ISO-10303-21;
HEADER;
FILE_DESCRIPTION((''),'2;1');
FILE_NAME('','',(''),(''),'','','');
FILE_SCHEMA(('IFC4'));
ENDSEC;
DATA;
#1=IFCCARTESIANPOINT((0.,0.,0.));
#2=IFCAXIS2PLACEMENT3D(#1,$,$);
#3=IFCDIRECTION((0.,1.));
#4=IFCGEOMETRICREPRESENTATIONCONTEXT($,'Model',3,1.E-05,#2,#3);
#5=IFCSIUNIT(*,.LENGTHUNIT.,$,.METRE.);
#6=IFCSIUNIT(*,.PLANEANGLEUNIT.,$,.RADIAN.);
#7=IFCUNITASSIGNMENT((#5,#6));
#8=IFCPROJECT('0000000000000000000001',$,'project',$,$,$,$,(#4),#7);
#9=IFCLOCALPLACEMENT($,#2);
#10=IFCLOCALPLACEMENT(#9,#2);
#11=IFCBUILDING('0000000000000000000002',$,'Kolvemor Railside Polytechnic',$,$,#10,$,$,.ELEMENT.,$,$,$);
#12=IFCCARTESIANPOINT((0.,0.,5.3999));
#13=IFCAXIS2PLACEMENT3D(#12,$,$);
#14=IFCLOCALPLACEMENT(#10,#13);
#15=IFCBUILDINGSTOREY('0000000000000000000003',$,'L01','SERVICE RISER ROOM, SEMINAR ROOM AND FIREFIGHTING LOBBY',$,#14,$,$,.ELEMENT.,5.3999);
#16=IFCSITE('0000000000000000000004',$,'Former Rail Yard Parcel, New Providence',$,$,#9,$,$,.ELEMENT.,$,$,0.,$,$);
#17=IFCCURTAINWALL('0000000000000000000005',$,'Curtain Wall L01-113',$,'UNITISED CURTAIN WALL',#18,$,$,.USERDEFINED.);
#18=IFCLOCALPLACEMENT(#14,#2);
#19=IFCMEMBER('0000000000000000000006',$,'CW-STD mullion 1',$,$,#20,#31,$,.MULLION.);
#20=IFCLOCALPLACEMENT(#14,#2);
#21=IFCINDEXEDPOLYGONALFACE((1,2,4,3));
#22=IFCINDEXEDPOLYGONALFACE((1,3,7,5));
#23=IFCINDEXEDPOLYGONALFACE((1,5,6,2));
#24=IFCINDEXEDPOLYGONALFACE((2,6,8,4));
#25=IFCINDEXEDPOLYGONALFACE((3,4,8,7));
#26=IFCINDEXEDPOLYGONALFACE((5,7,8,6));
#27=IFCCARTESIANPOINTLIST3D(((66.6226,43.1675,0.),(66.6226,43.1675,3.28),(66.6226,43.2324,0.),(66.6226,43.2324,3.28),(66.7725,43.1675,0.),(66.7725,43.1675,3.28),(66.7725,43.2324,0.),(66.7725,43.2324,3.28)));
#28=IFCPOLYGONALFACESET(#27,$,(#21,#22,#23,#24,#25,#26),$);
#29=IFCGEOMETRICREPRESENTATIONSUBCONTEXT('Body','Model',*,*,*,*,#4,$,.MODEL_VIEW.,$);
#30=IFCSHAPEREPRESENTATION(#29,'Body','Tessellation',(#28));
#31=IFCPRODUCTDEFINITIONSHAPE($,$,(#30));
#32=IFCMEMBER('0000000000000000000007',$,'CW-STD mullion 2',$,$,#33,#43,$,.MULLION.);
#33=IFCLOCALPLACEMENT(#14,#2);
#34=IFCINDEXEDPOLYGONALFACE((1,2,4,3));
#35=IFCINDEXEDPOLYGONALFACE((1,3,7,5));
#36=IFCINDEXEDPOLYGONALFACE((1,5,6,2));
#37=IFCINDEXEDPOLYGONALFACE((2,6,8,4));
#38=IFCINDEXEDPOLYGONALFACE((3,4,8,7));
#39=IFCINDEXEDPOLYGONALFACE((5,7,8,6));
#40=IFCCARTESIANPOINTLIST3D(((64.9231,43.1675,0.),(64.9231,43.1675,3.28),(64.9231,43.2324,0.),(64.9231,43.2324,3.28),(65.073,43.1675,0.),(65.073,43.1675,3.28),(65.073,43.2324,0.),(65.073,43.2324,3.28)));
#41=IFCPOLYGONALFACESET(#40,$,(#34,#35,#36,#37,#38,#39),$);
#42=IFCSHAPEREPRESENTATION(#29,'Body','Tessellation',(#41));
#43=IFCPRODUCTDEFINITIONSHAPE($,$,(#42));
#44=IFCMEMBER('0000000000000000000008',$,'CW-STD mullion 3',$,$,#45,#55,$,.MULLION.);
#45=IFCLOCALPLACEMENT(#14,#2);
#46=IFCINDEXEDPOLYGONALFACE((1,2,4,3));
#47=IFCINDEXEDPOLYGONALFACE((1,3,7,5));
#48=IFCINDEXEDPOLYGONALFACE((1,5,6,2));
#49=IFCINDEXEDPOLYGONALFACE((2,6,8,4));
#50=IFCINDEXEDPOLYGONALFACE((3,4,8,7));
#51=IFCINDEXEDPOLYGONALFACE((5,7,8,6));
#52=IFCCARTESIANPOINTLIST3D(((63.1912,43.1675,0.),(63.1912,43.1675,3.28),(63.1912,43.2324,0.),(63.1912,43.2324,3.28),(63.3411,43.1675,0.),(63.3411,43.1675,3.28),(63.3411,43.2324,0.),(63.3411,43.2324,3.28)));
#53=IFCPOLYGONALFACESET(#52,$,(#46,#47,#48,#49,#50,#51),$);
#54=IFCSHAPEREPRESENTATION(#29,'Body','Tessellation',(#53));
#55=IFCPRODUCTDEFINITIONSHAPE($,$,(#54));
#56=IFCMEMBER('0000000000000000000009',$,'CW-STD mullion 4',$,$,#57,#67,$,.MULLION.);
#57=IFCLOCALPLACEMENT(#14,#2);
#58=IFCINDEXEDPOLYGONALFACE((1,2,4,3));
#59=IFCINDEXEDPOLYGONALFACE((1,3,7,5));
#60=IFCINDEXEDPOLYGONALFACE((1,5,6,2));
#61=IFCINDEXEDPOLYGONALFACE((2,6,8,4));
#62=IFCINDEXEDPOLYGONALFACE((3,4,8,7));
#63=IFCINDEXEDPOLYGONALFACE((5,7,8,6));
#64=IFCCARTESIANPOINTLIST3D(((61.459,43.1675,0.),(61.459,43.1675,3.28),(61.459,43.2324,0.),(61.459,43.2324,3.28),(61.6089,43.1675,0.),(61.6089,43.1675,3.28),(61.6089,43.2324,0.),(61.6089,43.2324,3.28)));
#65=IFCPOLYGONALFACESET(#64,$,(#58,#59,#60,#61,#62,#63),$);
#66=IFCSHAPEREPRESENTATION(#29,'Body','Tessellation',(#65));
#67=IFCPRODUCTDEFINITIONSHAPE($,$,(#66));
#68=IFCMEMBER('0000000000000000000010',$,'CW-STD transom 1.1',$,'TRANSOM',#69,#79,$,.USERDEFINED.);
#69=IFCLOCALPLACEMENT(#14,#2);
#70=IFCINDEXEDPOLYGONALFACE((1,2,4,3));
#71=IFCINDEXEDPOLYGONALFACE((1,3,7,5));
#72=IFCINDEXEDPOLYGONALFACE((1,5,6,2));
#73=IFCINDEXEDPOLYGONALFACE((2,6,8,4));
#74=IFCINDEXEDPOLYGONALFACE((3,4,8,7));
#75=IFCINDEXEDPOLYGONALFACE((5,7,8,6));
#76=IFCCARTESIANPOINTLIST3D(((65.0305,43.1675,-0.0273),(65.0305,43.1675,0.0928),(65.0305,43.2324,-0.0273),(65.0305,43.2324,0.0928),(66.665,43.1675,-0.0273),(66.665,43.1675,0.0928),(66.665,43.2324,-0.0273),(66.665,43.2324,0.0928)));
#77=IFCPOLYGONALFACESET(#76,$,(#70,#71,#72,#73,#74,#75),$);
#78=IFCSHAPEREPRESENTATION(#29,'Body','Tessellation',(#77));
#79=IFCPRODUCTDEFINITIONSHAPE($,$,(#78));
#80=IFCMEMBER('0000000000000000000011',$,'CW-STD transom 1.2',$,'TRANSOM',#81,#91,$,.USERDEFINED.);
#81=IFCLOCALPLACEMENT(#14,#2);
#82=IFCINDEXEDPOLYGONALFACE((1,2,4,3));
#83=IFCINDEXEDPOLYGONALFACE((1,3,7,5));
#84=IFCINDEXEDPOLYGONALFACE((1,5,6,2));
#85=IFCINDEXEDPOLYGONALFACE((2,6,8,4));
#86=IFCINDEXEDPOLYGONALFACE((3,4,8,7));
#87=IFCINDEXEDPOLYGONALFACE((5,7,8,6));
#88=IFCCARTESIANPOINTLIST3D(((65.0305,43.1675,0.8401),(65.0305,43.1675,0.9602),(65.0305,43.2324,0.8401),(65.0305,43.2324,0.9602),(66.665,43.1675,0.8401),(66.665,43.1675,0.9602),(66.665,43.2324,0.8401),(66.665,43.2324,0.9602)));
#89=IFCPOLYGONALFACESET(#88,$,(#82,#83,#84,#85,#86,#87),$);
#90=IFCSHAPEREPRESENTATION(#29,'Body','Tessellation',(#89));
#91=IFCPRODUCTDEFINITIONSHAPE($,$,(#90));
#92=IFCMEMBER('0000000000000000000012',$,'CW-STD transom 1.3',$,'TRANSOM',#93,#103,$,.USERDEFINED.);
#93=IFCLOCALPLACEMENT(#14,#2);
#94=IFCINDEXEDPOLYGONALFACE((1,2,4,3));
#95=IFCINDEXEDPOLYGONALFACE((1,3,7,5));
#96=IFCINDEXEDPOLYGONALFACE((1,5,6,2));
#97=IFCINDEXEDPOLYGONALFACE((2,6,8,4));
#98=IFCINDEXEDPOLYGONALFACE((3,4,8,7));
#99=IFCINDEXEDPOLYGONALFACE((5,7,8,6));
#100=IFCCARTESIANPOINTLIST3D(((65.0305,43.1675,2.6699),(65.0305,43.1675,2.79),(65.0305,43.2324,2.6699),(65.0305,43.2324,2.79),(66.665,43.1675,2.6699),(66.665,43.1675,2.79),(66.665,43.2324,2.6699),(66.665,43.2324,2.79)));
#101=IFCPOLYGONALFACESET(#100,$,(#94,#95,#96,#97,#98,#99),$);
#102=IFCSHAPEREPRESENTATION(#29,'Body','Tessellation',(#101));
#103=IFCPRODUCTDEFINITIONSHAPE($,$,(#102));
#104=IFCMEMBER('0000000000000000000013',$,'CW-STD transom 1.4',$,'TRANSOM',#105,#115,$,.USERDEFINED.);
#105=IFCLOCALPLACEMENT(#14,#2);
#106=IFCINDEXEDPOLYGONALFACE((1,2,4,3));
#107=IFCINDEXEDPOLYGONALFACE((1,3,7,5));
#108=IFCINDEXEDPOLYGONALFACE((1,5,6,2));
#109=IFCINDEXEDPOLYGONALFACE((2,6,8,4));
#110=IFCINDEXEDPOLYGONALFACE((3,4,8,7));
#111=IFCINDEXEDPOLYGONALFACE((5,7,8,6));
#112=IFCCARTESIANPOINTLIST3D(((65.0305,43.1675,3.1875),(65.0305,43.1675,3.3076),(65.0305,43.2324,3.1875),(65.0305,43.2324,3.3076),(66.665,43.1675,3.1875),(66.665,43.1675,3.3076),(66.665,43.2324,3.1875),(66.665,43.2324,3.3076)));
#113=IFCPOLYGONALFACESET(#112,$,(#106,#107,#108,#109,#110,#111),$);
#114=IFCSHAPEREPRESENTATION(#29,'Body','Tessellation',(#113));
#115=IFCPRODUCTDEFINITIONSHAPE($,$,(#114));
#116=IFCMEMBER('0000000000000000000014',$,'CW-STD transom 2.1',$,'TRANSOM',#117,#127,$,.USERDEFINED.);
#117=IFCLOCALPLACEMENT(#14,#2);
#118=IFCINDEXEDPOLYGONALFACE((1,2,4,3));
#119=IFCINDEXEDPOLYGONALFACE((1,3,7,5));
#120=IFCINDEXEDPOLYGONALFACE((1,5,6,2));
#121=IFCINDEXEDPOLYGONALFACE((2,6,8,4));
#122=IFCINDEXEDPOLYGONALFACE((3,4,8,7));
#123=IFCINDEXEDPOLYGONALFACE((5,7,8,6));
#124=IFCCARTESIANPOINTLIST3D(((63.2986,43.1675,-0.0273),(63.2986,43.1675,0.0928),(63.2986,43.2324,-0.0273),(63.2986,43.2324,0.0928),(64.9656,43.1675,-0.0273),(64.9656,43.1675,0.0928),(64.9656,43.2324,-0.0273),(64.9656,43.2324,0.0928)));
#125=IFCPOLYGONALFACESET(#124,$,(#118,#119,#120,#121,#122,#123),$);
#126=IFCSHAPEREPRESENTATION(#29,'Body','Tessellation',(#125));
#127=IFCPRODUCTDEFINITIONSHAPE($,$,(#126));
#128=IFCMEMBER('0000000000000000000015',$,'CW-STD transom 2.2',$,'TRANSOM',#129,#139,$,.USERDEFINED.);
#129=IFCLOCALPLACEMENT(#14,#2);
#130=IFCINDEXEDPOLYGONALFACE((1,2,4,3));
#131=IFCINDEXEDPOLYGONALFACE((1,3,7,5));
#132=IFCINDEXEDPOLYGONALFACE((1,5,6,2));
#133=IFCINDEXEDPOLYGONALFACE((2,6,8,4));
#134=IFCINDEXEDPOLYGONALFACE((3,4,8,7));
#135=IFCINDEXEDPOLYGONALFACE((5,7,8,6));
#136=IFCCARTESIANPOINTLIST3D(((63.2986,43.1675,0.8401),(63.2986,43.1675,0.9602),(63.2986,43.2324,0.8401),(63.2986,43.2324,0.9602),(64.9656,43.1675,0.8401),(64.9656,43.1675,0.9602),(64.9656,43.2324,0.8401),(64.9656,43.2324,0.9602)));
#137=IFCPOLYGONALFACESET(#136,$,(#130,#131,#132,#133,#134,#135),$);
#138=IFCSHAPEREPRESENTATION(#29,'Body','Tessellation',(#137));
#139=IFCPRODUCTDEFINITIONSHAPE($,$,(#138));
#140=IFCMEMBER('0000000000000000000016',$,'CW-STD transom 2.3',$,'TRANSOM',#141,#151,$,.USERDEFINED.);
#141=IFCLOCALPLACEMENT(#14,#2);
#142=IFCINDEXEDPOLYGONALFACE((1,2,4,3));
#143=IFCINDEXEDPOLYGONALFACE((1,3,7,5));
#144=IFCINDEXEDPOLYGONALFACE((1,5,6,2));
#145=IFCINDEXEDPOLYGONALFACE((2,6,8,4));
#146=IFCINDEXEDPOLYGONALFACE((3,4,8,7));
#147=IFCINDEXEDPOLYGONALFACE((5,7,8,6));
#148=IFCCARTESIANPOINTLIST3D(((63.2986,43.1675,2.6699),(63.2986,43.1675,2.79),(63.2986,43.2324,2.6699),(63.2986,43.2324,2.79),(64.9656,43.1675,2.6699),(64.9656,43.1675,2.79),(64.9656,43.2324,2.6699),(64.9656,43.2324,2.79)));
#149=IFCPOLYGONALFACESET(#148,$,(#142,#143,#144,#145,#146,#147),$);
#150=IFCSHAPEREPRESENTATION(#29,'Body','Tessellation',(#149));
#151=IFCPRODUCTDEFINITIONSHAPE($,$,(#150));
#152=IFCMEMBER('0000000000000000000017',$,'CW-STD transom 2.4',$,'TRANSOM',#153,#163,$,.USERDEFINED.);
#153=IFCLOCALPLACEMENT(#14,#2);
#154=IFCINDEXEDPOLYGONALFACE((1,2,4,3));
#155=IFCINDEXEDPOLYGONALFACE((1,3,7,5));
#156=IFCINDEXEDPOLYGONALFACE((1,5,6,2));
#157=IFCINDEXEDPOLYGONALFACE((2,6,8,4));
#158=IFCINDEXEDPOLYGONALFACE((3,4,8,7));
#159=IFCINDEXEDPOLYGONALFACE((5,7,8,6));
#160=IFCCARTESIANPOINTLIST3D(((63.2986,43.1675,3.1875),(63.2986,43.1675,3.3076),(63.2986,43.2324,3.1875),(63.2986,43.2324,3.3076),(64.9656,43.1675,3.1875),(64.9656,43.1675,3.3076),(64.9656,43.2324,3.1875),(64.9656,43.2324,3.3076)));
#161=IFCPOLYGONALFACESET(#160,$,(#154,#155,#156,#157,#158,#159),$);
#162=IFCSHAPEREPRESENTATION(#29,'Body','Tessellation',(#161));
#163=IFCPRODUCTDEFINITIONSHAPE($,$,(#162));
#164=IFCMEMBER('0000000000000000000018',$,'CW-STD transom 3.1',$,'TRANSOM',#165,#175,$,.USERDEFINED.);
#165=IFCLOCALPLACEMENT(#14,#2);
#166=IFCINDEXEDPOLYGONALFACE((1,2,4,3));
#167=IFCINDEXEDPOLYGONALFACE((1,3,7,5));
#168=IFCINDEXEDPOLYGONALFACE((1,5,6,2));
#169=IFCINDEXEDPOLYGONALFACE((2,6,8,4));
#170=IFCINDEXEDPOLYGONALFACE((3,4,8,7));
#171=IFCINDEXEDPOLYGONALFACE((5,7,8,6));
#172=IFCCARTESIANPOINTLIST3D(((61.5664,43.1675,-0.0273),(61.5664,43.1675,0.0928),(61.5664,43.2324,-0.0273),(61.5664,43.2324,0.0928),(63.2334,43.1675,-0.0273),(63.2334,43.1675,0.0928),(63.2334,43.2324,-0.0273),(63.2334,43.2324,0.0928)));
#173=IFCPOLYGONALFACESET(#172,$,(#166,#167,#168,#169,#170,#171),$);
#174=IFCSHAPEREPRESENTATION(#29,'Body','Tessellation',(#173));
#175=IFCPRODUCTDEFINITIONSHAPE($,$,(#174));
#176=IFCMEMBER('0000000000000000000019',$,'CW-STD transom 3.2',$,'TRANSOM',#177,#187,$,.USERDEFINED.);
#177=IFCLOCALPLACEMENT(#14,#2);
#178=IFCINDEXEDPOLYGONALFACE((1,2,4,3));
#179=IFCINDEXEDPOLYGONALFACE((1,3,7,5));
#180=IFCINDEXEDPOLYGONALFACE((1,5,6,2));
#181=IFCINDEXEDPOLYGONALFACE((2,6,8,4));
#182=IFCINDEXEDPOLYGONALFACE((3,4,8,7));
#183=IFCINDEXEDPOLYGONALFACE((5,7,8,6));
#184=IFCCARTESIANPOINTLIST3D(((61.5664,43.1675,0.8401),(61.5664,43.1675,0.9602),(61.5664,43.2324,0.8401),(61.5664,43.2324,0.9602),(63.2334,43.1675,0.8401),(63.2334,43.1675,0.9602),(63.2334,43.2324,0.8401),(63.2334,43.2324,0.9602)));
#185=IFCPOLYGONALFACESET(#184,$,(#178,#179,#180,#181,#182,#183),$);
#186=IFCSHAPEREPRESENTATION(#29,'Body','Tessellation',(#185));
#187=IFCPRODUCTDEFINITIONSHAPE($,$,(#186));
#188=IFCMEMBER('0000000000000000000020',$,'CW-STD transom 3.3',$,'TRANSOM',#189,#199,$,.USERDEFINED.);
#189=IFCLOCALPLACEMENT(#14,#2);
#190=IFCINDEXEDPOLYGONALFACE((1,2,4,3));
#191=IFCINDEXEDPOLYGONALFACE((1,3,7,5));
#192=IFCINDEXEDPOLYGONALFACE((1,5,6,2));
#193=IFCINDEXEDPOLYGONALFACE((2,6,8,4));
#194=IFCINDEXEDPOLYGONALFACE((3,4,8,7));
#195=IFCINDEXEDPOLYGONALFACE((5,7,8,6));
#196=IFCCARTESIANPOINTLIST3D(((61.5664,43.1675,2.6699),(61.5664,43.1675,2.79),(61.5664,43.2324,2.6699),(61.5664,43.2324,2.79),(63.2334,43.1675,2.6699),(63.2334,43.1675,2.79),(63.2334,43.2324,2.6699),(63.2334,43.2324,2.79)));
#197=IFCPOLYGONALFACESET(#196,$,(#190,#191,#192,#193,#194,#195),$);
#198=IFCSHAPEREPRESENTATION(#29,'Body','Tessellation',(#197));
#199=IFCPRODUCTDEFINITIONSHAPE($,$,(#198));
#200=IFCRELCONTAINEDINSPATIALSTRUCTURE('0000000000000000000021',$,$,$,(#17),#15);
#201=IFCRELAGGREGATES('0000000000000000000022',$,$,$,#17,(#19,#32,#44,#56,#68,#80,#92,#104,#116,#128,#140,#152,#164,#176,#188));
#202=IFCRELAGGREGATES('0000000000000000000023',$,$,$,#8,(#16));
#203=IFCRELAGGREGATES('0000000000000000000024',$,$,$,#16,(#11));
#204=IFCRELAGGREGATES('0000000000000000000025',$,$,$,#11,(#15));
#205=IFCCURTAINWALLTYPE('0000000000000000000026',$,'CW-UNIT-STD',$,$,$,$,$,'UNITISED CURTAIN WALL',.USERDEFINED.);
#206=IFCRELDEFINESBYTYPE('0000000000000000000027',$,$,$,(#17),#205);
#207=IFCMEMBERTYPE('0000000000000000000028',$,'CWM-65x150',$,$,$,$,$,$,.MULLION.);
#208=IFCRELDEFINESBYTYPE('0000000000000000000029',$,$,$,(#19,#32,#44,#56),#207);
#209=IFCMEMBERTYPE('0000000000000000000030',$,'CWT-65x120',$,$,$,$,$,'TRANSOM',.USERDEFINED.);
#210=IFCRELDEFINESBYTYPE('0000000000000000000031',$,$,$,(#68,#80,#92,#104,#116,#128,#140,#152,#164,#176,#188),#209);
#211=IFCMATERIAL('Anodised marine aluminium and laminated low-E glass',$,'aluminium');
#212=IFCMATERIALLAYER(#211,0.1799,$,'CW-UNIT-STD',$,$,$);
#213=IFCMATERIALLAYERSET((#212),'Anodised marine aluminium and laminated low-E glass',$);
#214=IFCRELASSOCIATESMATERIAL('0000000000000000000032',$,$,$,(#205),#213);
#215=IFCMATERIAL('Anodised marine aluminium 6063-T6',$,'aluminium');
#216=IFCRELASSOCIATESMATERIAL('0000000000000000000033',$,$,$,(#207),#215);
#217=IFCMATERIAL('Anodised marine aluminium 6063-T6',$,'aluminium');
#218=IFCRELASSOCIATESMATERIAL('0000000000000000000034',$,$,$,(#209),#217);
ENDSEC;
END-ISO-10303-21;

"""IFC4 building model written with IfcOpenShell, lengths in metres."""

from ifc_helpers import new_model, si_unit, direction, frame, origin, origin_2d, place, context, subcontext, project, spatial, rectangle, extrude, material, layer, layer_set, material_profile, profile_set, type_object, element, aggregate, save


model = new_model("IFC4")

# Units and contexts
model_context = context("Model", 3, precision=1e-05, world=origin(), true_north=direction((0.0, 1.0)))
body_context = subcontext(model_context, "Body", "Model", "MODEL_VIEW")
ifc_project = project(units=[si_unit("LENGTHUNIT", "METRE"), si_unit("PLANEANGLEUNIT", "RADIAN")], contexts=[model_context])

# Site, building, storey
site_placement = place(None, origin())
site = spatial("IfcSite", under=ifc_project, at=site_placement, Name="Former Rail Yard Parcel, New Providence", CompositionType="ELEMENT", RefElevation=0.0)
building_placement = place(site_placement, origin())
building = spatial("IfcBuilding", under=site, at=building_placement, Name="Kolvemor Railside Polytechnic", CompositionType="ELEMENT")
storey_placement = place(building_placement, frame((0.0, 0.0, 5.3999)))
storey = spatial("IfcBuildingStorey", under=building, at=storey_placement, Name="L01", Description="SERVICE RISER ROOM, SEMINAR ROOM AND FIREFIGHTING LOBBY", CompositionType="ELEMENT", Elevation=5.3999)

# Curtain wall, members
ifc_material_1 = material(Name="Anodised marine aluminium and laminated low-E glass", Category="aluminium")
ifc_layer_1 = layer(ifc_material_1, 0.1799, Name="CW-UNIT-STD")
ifc_layer_set_1 = layer_set([ifc_layer_1], Name="Anodised marine aluminium and laminated low-E glass")
curtain_wall_type = type_object("IfcCurtainWallType", Name="CW-UNIT-STD", ElementType="UNITISED CURTAIN WALL", PredefinedType="USERDEFINED", material=ifc_layer_set_1)
curtain_wall_placement = place(storey_placement, origin())
curtain_wall = element("IfcCurtainWall", 1, at=curtain_wall_placement, inside=storey, type_object=curtain_wall_type, Name="Curtain Wall L01-113", ObjectType="UNITISED CURTAIN WALL", PredefinedType="USERDEFINED")
ifc_material_2 = material(Name="Anodised marine aluminium 6063-T6", Category="aluminium")
ifc_material_profile_1 = material_profile(ifc_material_2, rectangle(XDim=0.0649, YDim=0.1499, at=origin_2d()), Name="CW-MUL-65x150")
ifc_profile_set_1 = profile_set([ifc_material_profile_1], Name="Anodised marine aluminium 6063-T6")
member_type_1 = type_object("IfcMemberType", Name="CWM-65x150", PredefinedType="MULLION", material=ifc_profile_set_1)
member_1_placement = place(storey_placement, frame((66.6975, 43.2, 0.0), z_axis=(0.0, 0.0, 1.0), x_axis=(0.0, -1.0, 0.0)))
member_1 = element("IfcMember", 2, at=member_1_placement, type_object=member_type_1, Name="CW-STD mullion 1", PredefinedType="MULLION", context=body_context, shape_type="SweptSolid", body=[
    extrude(rectangle(XDim=0.0649, YDim=0.1499, at=origin_2d()), origin(), (0.0, 0.0, 1.0), 3.28),
])
member_2_placement = place(storey_placement, frame((64.998, 43.2, 0.0), z_axis=(0.0, 0.0, 1.0), x_axis=(0.0, -1.0, 0.0)))
member_2 = element("IfcMember", 3, at=member_2_placement, type_object=member_type_1, Name="CW-STD mullion 2", PredefinedType="MULLION", context=body_context, shape_type="SweptSolid", body=[
    extrude(rectangle(XDim=0.0649, YDim=0.1499, at=origin_2d()), origin(), (0.0, 0.0, 1.0), 3.28),
])
member_3_placement = place(storey_placement, frame((63.2661, 43.2, 0.0), z_axis=(0.0, 0.0, 1.0), x_axis=(0.0, -1.0, 0.0)))
member_3 = element("IfcMember", 4, at=member_3_placement, type_object=member_type_1, Name="CW-STD mullion 3", PredefinedType="MULLION", context=body_context, shape_type="SweptSolid", body=[
    extrude(rectangle(XDim=0.0649, YDim=0.1499, at=origin_2d()), origin(), (0.0, 0.0, 1.0), 3.28),
])
member_4_placement = place(storey_placement, frame((61.5339, 43.2, 0.0), z_axis=(0.0, 0.0, 1.0), x_axis=(0.0, -1.0, 0.0)))
member_4 = element("IfcMember", 5, at=member_4_placement, type_object=member_type_1, Name="CW-STD mullion 4", PredefinedType="MULLION", context=body_context, shape_type="SweptSolid", body=[
    extrude(rectangle(XDim=0.0649, YDim=0.1499, at=origin_2d()), origin(), (0.0, 0.0, 1.0), 3.28),
])
ifc_material_3 = material(Name="Anodised marine aluminium 6063-T6", Category="aluminium")
ifc_material_profile_2 = material_profile(ifc_material_3, rectangle(XDim=0.0649, YDim=0.1201, at=origin_2d()), Name="CW-TRN-65x120")
ifc_profile_set_2 = profile_set([ifc_material_profile_2], Name="Anodised marine aluminium 6063-T6")
member_type_2 = type_object("IfcMemberType", Name="CWT-65x120", ElementType="TRANSOM", PredefinedType="USERDEFINED", material=ifc_profile_set_2)
member_5_placement = place(storey_placement, frame((66.665, 43.2, 0.0327), z_axis=(-1.0, 0.0, 0.0), x_axis=(0.0, -1.0, 0.0)))
member_5 = element("IfcMember", 6, at=member_5_placement, type_object=member_type_2, Name="CW-STD transom 1.1", ObjectType="TRANSOM", PredefinedType="USERDEFINED", context=body_context, shape_type="SweptSolid", body=[
    extrude(rectangle(XDim=0.0649, YDim=0.1201, at=origin_2d()), origin(), (0.0, 0.0, 1.0), 1.6345),
])
member_6_placement = place(storey_placement, frame((66.665, 43.2, 0.9001), z_axis=(-1.0, 0.0, 0.0), x_axis=(0.0, -1.0, 0.0)))
member_6 = element("IfcMember", 7, at=member_6_placement, type_object=member_type_2, Name="CW-STD transom 1.2", ObjectType="TRANSOM", PredefinedType="USERDEFINED", context=body_context, shape_type="SweptSolid", body=[
    extrude(rectangle(XDim=0.0649, YDim=0.1201, at=origin_2d()), origin(), (0.0, 0.0, 1.0), 1.6345),
])
member_7_placement = place(storey_placement, frame((66.665, 43.2, 2.73), z_axis=(-1.0, 0.0, 0.0), x_axis=(0.0, -1.0, 0.0)))
member_7 = element("IfcMember", 8, at=member_7_placement, type_object=member_type_2, Name="CW-STD transom 1.3", ObjectType="TRANSOM", PredefinedType="USERDEFINED", context=body_context, shape_type="SweptSolid", body=[
    extrude(rectangle(XDim=0.0649, YDim=0.1201, at=origin_2d()), origin(), (0.0, 0.0, 1.0), 1.6345),
])
member_8_placement = place(storey_placement, frame((66.665, 43.2, 3.2476), z_axis=(-1.0, 0.0, 0.0), x_axis=(0.0, -1.0, 0.0)))
member_8 = element("IfcMember", 9, at=member_8_placement, type_object=member_type_2, Name="CW-STD transom 1.4", ObjectType="TRANSOM", PredefinedType="USERDEFINED", context=body_context, shape_type="SweptSolid", body=[
    extrude(rectangle(XDim=0.0649, YDim=0.1201, at=origin_2d()), origin(), (0.0, 0.0, 1.0), 1.6345),
])
member_9_placement = place(storey_placement, frame((64.9656, 43.2, 0.0327), z_axis=(-1.0, 0.0, 0.0), x_axis=(0.0, -1.0, 0.0)))
member_9 = element("IfcMember", 10, at=member_9_placement, type_object=member_type_2, Name="CW-STD transom 2.1", ObjectType="TRANSOM", PredefinedType="USERDEFINED", context=body_context, shape_type="SweptSolid", body=[
    extrude(rectangle(XDim=0.0649, YDim=0.1201, at=origin_2d()), origin(), (0.0, 0.0, 1.0), 1.667),
])
member_10_placement = place(storey_placement, frame((64.9656, 43.2, 0.9001), z_axis=(-1.0, 0.0, 0.0), x_axis=(0.0, -1.0, 0.0)))
member_10 = element("IfcMember", 11, at=member_10_placement, type_object=member_type_2, Name="CW-STD transom 2.2", ObjectType="TRANSOM", PredefinedType="USERDEFINED", context=body_context, shape_type="SweptSolid", body=[
    extrude(rectangle(XDim=0.0649, YDim=0.1201, at=origin_2d()), origin(), (0.0, 0.0, 1.0), 1.667),
])
member_11_placement = place(storey_placement, frame((64.9656, 43.2, 2.73), z_axis=(-1.0, 0.0, 0.0), x_axis=(0.0, -1.0, 0.0)))
member_11 = element("IfcMember", 12, at=member_11_placement, type_object=member_type_2, Name="CW-STD transom 2.3", ObjectType="TRANSOM", PredefinedType="USERDEFINED", context=body_context, shape_type="SweptSolid", body=[
    extrude(rectangle(XDim=0.0649, YDim=0.1201, at=origin_2d()), origin(), (0.0, 0.0, 1.0), 1.667),
])
member_12_placement = place(storey_placement, frame((64.9656, 43.2, 3.2476), z_axis=(-1.0, 0.0, 0.0), x_axis=(0.0, -1.0, 0.0)))
member_12 = element("IfcMember", 13, at=member_12_placement, type_object=member_type_2, Name="CW-STD transom 2.4", ObjectType="TRANSOM", PredefinedType="USERDEFINED", context=body_context, shape_type="SweptSolid", body=[
    extrude(rectangle(XDim=0.0649, YDim=0.1201, at=origin_2d()), origin(), (0.0, 0.0, 1.0), 1.667),
])
member_13_placement = place(storey_placement, frame((63.2334, 43.2, 0.0327), z_axis=(-1.0, 0.0, 0.0), x_axis=(0.0, -1.0, 0.0)))
member_13 = element("IfcMember", 14, at=member_13_placement, type_object=member_type_2, Name="CW-STD transom 3.1", ObjectType="TRANSOM", PredefinedType="USERDEFINED", context=body_context, shape_type="SweptSolid", body=[
    extrude(rectangle(XDim=0.0649, YDim=0.1201, at=origin_2d()), origin(), (0.0, 0.0, 1.0), 1.667),
])
member_14_placement = place(storey_placement, frame((63.2334, 43.2, 0.9001), z_axis=(-1.0, 0.0, 0.0), x_axis=(0.0, -1.0, 0.0)))
member_14 = element("IfcMember", 15, at=member_14_placement, type_object=member_type_2, Name="CW-STD transom 3.2", ObjectType="TRANSOM", PredefinedType="USERDEFINED", context=body_context, shape_type="SweptSolid", body=[
    extrude(rectangle(XDim=0.0649, YDim=0.1201, at=origin_2d()), origin(), (0.0, 0.0, 1.0), 1.667),
])
member_15_placement = place(storey_placement, frame((63.2334, 43.2, 2.73), z_axis=(-1.0, 0.0, 0.0), x_axis=(0.0, -1.0, 0.0)))
member_15 = element("IfcMember", 16, at=member_15_placement, type_object=member_type_2, Name="CW-STD transom 3.3", ObjectType="TRANSOM", PredefinedType="USERDEFINED", context=body_context, shape_type="SweptSolid", body=[
    extrude(rectangle(XDim=0.0649, YDim=0.1201, at=origin_2d()), origin(), (0.0, 0.0, 1.0), 1.667),
])
aggregate(curtain_wall, [member_1, member_2, member_3, member_4, member_5, member_6, member_7, member_8, member_9, member_10, member_11, member_12, member_13, member_14, member_15])

save(model, "model.ifc")
